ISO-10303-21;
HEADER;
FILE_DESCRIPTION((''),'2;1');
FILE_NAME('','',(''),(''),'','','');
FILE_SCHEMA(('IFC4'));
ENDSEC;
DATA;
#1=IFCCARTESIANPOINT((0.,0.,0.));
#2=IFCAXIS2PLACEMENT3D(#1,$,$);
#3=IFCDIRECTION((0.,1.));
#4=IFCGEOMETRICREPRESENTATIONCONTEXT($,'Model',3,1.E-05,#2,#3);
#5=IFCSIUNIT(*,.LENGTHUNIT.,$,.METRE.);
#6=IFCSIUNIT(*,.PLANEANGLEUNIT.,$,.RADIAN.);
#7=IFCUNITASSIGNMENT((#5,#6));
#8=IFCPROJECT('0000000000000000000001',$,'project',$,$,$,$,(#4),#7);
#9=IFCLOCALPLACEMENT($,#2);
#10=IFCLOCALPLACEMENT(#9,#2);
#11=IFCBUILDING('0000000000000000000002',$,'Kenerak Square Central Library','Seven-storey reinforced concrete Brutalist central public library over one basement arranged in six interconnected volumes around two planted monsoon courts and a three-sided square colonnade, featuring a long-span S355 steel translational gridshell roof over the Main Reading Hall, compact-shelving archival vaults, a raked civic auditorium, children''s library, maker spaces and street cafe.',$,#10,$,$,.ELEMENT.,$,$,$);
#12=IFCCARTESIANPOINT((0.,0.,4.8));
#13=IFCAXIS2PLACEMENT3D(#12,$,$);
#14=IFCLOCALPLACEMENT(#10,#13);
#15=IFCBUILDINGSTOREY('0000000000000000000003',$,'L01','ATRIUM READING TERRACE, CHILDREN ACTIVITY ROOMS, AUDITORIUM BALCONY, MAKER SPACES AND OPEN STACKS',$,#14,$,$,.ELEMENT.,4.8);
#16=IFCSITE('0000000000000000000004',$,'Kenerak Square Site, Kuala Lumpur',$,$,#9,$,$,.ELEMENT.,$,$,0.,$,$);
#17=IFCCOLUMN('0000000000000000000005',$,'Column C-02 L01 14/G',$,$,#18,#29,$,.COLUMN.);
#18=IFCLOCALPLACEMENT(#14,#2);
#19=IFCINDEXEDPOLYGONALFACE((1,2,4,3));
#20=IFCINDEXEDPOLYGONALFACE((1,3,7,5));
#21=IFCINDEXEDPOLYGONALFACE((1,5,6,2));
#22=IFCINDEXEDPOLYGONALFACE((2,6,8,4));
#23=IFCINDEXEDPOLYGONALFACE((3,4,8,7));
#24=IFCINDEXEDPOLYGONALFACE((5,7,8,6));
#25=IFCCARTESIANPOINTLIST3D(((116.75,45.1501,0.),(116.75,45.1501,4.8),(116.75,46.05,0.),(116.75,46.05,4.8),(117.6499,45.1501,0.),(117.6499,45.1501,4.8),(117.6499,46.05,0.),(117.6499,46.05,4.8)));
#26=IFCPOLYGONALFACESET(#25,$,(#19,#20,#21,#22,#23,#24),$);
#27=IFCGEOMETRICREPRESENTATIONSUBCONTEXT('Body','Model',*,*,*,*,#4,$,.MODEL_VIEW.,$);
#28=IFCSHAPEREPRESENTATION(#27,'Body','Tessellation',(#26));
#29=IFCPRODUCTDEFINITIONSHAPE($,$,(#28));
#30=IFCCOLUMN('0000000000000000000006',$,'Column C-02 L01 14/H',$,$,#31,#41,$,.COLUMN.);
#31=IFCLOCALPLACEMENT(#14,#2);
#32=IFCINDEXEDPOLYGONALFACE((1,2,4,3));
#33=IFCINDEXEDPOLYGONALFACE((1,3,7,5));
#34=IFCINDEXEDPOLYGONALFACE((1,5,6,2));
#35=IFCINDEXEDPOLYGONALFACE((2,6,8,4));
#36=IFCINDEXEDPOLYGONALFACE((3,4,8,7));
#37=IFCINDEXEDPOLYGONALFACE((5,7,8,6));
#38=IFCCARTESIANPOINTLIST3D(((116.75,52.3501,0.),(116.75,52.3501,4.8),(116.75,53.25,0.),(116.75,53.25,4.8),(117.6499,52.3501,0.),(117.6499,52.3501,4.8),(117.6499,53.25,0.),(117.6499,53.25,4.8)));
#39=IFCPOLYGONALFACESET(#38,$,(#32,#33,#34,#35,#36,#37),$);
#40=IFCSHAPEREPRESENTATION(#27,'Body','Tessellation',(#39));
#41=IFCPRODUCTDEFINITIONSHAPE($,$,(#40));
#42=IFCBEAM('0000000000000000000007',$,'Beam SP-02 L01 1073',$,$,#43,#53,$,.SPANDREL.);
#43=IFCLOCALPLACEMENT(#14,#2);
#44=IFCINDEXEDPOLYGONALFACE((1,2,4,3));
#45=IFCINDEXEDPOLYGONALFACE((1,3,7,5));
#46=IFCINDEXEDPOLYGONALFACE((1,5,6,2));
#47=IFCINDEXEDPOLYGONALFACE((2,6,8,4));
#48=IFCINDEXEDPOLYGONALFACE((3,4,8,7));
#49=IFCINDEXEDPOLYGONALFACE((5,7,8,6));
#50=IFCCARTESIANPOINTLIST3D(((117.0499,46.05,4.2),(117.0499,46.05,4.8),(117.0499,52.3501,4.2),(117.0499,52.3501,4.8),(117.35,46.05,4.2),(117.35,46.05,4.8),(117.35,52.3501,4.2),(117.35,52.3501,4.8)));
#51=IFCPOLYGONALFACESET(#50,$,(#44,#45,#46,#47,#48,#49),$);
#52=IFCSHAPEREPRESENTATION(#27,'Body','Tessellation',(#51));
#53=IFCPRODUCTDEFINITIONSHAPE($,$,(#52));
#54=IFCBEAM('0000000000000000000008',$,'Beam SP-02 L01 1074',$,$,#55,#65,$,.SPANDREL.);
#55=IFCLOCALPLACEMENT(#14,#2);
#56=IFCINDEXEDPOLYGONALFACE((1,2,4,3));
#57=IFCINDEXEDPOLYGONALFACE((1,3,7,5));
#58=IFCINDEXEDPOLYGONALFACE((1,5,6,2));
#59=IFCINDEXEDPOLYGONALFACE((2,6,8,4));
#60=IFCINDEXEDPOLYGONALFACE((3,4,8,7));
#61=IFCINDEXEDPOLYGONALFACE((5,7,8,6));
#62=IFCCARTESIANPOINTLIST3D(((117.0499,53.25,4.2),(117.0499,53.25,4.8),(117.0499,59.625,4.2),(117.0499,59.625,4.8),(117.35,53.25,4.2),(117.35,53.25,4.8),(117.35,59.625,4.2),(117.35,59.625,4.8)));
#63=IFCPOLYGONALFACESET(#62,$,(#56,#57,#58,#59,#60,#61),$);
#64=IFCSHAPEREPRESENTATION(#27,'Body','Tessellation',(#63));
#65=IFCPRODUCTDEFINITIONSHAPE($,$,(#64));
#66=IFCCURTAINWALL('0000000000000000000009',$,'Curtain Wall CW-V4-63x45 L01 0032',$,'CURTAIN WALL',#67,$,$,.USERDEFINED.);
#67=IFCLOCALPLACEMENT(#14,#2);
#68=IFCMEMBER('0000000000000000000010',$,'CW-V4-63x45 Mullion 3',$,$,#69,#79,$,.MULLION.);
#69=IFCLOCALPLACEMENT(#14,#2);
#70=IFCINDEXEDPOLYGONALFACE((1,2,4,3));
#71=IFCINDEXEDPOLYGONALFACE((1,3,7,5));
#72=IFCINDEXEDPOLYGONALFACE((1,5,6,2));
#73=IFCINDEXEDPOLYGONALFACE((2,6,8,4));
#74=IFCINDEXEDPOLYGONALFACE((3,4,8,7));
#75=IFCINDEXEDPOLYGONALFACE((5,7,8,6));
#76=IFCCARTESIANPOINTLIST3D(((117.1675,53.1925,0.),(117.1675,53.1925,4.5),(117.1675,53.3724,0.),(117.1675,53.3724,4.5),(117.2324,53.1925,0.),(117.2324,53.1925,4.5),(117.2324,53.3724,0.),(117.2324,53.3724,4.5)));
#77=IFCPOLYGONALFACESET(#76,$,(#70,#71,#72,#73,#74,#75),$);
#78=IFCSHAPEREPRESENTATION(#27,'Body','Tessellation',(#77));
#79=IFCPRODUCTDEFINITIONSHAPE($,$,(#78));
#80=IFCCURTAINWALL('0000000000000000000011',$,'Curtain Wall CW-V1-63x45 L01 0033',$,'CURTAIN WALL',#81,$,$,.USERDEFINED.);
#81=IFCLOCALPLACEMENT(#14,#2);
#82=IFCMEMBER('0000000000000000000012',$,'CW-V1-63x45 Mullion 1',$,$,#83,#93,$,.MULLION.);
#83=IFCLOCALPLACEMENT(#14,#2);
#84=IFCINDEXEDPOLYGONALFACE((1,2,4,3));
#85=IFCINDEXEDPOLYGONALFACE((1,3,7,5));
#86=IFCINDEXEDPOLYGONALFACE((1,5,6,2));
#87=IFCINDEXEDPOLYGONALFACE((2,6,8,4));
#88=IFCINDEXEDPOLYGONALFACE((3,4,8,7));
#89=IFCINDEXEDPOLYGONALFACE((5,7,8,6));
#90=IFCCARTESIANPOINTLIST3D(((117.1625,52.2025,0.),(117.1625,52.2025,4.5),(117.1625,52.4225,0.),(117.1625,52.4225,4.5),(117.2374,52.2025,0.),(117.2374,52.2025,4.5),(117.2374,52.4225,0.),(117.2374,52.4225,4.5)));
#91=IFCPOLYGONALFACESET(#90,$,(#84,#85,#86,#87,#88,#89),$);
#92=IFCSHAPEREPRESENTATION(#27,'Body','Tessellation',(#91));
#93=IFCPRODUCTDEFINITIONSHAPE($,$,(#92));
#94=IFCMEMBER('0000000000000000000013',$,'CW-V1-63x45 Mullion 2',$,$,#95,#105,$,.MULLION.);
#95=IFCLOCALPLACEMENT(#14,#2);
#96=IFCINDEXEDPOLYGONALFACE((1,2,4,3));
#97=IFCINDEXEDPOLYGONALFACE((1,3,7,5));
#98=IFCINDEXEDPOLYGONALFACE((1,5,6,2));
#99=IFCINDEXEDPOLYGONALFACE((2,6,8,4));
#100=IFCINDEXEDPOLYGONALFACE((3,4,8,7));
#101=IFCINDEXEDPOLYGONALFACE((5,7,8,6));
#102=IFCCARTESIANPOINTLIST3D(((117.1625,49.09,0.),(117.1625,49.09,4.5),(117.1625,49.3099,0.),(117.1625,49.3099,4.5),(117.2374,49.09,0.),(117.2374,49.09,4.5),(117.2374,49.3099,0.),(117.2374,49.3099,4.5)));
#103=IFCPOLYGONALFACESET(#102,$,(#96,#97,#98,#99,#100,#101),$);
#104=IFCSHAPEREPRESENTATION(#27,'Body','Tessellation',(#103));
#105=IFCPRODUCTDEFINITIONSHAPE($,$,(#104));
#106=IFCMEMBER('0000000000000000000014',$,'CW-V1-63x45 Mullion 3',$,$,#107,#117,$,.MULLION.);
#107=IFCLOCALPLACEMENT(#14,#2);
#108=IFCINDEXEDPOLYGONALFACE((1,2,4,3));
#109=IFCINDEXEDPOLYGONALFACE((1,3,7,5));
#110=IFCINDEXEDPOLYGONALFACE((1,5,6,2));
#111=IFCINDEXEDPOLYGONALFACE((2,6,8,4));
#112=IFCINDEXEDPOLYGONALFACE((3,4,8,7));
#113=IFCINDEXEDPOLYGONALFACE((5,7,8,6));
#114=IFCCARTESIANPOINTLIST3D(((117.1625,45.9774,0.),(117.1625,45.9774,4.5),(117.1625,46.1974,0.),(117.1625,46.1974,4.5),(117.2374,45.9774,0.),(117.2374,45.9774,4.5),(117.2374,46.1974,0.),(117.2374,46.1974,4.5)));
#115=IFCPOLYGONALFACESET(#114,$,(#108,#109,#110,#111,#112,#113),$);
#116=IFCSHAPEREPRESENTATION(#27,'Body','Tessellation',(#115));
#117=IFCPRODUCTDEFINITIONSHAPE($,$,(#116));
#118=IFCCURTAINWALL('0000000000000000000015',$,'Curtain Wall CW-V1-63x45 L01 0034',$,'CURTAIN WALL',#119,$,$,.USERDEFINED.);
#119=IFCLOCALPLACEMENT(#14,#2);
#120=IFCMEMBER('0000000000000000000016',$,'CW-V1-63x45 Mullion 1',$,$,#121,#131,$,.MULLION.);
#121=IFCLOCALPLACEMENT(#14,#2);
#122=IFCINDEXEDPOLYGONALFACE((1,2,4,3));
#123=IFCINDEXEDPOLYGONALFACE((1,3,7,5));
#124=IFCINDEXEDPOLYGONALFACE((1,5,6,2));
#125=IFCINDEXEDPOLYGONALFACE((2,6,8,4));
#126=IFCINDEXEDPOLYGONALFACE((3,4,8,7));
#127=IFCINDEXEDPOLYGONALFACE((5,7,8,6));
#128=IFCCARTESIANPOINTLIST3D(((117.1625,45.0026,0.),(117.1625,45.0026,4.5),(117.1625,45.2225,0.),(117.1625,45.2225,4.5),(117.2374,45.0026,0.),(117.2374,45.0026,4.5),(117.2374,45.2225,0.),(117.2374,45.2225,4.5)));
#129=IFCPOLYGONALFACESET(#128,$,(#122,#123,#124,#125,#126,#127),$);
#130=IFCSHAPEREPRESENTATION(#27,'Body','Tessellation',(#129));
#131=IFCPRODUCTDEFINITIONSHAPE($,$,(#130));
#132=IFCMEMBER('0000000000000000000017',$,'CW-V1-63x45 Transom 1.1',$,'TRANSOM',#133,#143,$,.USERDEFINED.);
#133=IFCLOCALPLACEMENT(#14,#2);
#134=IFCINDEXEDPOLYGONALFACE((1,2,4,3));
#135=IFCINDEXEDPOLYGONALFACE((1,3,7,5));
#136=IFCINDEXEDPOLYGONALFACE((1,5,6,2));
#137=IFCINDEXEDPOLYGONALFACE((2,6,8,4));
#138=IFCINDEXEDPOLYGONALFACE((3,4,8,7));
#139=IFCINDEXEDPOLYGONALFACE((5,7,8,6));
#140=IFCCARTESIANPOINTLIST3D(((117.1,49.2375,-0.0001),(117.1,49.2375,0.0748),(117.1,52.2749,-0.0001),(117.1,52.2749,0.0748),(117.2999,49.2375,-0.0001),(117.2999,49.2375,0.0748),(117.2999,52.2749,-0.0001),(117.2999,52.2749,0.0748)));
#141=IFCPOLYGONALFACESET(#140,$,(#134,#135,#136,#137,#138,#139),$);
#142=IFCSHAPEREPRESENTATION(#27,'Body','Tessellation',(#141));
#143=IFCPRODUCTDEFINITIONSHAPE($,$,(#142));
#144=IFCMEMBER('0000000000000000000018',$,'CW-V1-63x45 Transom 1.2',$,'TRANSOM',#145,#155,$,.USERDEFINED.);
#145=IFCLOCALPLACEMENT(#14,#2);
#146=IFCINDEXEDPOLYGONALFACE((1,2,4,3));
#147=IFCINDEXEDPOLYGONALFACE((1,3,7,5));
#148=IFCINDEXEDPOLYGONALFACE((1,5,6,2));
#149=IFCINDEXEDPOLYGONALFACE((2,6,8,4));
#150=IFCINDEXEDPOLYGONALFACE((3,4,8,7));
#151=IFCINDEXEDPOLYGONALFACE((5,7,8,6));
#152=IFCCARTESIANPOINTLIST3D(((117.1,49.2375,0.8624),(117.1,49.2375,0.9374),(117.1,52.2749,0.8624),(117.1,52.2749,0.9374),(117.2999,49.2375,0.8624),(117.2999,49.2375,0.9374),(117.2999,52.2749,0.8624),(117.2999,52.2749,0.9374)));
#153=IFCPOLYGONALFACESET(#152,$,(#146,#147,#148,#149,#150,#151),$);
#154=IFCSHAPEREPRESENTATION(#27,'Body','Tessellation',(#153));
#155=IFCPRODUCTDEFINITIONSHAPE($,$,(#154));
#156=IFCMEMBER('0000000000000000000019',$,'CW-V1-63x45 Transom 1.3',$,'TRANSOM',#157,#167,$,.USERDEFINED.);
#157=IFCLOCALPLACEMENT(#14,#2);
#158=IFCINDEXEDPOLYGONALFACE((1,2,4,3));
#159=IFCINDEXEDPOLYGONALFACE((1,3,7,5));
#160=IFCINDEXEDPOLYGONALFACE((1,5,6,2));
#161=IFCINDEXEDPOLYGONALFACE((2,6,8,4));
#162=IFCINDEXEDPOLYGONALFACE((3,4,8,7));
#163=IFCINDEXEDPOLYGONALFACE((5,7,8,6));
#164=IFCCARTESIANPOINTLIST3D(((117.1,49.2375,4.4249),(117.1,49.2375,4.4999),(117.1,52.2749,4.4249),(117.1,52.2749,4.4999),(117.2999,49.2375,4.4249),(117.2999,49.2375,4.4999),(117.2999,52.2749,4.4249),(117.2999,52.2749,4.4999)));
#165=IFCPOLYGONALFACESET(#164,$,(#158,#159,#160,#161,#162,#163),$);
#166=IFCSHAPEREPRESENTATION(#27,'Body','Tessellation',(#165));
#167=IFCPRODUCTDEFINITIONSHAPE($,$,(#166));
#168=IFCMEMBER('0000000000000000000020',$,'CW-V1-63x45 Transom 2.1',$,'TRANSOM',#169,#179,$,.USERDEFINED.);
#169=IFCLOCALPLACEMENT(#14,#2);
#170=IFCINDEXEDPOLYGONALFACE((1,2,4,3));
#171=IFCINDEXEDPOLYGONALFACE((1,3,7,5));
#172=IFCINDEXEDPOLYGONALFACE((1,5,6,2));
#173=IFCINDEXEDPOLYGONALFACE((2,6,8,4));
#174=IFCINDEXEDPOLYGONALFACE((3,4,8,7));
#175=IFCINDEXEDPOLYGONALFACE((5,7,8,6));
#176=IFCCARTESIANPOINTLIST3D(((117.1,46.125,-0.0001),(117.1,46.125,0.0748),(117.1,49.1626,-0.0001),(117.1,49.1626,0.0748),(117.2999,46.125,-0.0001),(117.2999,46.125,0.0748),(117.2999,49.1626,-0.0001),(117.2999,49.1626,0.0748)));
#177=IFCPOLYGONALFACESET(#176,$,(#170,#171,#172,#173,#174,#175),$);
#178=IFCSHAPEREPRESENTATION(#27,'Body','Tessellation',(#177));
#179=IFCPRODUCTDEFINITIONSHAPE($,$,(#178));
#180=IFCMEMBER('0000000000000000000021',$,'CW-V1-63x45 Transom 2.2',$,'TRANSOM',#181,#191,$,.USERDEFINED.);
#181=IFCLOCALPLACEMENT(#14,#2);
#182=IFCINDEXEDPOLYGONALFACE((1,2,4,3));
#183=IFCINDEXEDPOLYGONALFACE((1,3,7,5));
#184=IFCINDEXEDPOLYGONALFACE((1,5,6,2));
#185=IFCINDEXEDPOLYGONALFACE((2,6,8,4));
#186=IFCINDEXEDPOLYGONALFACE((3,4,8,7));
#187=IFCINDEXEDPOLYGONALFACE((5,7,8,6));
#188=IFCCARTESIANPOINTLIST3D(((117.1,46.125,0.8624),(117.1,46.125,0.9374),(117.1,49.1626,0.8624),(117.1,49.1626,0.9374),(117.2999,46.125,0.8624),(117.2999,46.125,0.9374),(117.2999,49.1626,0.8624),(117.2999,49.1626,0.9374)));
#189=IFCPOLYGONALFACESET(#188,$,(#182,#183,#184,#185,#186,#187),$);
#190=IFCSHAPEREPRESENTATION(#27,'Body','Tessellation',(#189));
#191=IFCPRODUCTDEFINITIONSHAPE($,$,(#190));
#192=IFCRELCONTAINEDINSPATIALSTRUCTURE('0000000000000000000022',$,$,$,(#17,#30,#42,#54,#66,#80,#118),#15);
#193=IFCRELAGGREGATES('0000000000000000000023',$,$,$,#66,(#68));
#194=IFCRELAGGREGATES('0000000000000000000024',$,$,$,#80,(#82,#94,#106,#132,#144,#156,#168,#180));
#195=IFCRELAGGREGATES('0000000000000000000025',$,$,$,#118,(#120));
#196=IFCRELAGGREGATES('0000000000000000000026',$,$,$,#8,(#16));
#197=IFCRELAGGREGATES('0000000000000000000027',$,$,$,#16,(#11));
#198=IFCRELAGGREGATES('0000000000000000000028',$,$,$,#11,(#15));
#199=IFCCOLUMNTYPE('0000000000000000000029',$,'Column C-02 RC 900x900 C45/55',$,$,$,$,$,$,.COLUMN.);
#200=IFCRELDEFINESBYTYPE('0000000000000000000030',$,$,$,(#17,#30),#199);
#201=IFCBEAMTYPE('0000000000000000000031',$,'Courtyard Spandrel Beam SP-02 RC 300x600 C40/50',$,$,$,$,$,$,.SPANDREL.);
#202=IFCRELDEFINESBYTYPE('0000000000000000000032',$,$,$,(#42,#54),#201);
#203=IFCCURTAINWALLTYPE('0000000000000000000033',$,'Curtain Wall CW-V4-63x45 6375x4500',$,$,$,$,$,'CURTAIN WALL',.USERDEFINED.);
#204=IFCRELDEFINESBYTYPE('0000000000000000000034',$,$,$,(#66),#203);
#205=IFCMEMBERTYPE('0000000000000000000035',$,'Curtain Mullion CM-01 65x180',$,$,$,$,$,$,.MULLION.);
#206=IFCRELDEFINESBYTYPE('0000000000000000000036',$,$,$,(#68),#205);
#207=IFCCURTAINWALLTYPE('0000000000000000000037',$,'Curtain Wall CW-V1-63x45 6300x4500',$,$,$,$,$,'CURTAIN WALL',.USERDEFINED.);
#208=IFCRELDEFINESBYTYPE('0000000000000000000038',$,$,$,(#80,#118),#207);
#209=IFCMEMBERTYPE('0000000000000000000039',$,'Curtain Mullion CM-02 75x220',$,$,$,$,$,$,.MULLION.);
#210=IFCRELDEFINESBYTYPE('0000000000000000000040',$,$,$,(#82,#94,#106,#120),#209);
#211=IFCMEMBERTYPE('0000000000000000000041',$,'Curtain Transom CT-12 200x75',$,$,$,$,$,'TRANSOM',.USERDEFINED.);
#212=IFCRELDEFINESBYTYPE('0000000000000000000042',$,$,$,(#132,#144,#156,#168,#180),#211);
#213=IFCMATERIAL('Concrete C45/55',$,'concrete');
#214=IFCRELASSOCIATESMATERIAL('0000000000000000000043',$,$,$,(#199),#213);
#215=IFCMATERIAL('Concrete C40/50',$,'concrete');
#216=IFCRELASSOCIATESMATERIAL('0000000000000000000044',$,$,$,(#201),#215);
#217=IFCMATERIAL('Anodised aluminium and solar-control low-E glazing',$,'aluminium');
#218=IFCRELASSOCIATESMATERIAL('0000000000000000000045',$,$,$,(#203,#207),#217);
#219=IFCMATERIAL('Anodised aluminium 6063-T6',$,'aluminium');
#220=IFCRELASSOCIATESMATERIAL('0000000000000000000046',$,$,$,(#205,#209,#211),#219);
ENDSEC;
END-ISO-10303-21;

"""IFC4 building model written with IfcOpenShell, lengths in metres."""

from ifc_helpers import new_model, si_unit, direction, frame, origin, origin_2d, place, context, subcontext, project, spatial, rectangle, extrude, material, material_profile, profile_set, type_object, element, aggregate, save


model = new_model("IFC4")

# Units and contexts
model_context = context("Model", 3, precision=1e-05, world=origin(), true_north=direction((0.0, 1.0)))
body_context = subcontext(model_context, "Body", "Model", "MODEL_VIEW")
ifc_project = project(units=[si_unit("LENGTHUNIT", "METRE"), si_unit("PLANEANGLEUNIT", "RADIAN")], contexts=[model_context])

# Site, building, storey
site_placement = place(None, origin())
site = spatial("IfcSite", under=ifc_project, at=site_placement, Name="Kenerak Square Site, Kuala Lumpur", CompositionType="ELEMENT", RefElevation=0.0)
building_placement = place(site_placement, origin())
building = spatial("IfcBuilding", under=site, at=building_placement, Name="Kenerak Square Central Library", Description="Seven-storey reinforced concrete Brutalist central public library over one basement arranged in six interconnected volumes around two planted monsoon courts and a three-sided square colonnade, featuring a long-span S355 steel translational gridshell roof over the Main Reading Hall, compact-shelving archival vaults, a raked civic auditorium, children's library, maker spaces and street cafe.", CompositionType="ELEMENT")
storey_placement = place(building_placement, frame((0.0, 0.0, 4.8)))
storey = spatial("IfcBuildingStorey", under=building, at=storey_placement, Name="L01", Description="ATRIUM READING TERRACE, CHILDREN ACTIVITY ROOMS, AUDITORIUM BALCONY, MAKER SPACES AND OPEN STACKS", CompositionType="ELEMENT", Elevation=4.8)

# Columns
ifc_material_1 = material(Name="Concrete C45/55", Category="concrete")
ifc_material_profile_1 = material_profile(ifc_material_1, rectangle(XDim=0.8999, YDim=0.8999, at=origin_2d()), Name="RC 900x900")
ifc_profile_set_1 = profile_set([ifc_material_profile_1], Name="Concrete C45/55")
column_type = type_object("IfcColumnType", Name="Column C-02 RC 900x900 C45/55", PredefinedType="COLUMN", material=ifc_profile_set_1)
for number, where, z_axis, x_axis, name in (
    (1, (117.2, 45.6001, 0.0), (0.0, 0.0, 1.0), (1.0, 0.0, 0.0), "Column C-02 L01 14/G"),
    (2, (117.2, 52.8, 0.0), (0.0, 0.0, 1.0), (1.0, 0.0, 0.0), "Column C-02 L01 14/H"),
):
    element("IfcColumn", number, at=place(storey_placement, frame(where, z_axis=z_axis, x_axis=x_axis)), inside=storey, type_object=column_type, Name=name, PredefinedType="COLUMN", context=body_context, shape_type="SweptSolid", body=[
        extrude(rectangle(XDim=0.8999, YDim=0.8999, at=origin_2d()), origin(), (0.0, 0.0, 1.0), 4.8),
    ])

# Beams
ifc_material_2 = material(Name="Concrete C40/50", Category="concrete")
ifc_material_profile_2 = material_profile(ifc_material_2, rectangle(XDim=0.3, YDim=0.6001, at=origin_2d()), Name="RC 300x600")
ifc_profile_set_2 = profile_set([ifc_material_profile_2], Name="Concrete C40/50")
beam_type_1 = type_object("IfcBeamType", Name="Courtyard Spandrel Beam SP-02 RC 300x600 C40/50", PredefinedType="SPANDREL", material=ifc_profile_set_2)
beam_1_placement = place(storey_placement, frame((117.2, 46.05, 4.5), z_axis=(0.0, 1.0, 0.0), x_axis=(-1.0, 0.0, 0.0)))
element("IfcBeam", 3, at=beam_1_placement, inside=storey, type_object=beam_type_1, Name="Beam SP-02 L01 1073", PredefinedType="SPANDREL", context=body_context, shape_type="SweptSolid", body=[
    extrude(rectangle(XDim=0.3, YDim=0.6001, at=origin_2d()), origin(), (0.0, 0.0, 1.0), 6.3),
])
beam_2_placement = place(storey_placement, frame((117.2, 53.25, 4.5), z_axis=(0.0, 1.0, 0.0), x_axis=(-1.0, 0.0, 0.0)))
element("IfcBeam", 4, at=beam_2_placement, inside=storey, type_object=beam_type_1, Name="Beam SP-02 L01 1074", PredefinedType="SPANDREL", context=body_context, shape_type="SweptSolid", body=[
    extrude(rectangle(XDim=0.3, YDim=0.6001, at=origin_2d()), origin(), (0.0, 0.0, 1.0), 6.375),
])

# Curtain wall, member
ifc_material_3 = material(Name="Anodised aluminium and solar-control low-E glazing", Category="aluminium")
curtain_wall_type_1 = type_object("IfcCurtainWallType", Name="Curtain Wall CW-V4-63x45 6375x4500", ElementType="CURTAIN WALL", PredefinedType="USERDEFINED", material=ifc_material_3)
curtain_wall_1_placement = place(storey_placement, origin())
curtain_wall_1 = element("IfcCurtainWall", 5, at=curtain_wall_1_placement, inside=storey, type_object=curtain_wall_type_1, Name="Curtain Wall CW-V4-63x45 L01 0032", ObjectType="CURTAIN WALL", PredefinedType="USERDEFINED")
ifc_material_4 = material(Name="Anodised aluminium 6063-T6", Category="aluminium")
ifc_material_profile_3 = material_profile(ifc_material_4, rectangle(XDim=0.0649, YDim=0.1799, at=origin_2d()), Name="AL MULLION 65x180")
ifc_profile_set_3 = profile_set([ifc_material_profile_3], Name="Anodised aluminium 6063-T6")
member_type_1 = type_object("IfcMemberType", Name="Curtain Mullion CM-01 65x180", PredefinedType="MULLION", material=ifc_profile_set_3)
member_1_placement = place(storey_placement, frame((117.2, 53.2825, 0.0), z_axis=(0.0, 0.0, 1.0), x_axis=(1.0, 0.0, 0.0)))
member_1 = element("IfcMember", 6, at=member_1_placement, type_object=member_type_1, Name="CW-V4-63x45 Mullion 3", PredefinedType="MULLION", context=body_context, shape_type="SweptSolid", body=[
    extrude(rectangle(XDim=0.0649, YDim=0.1799, at=origin_2d()), origin(), (0.0, 0.0, 1.0), 4.5),
])

# Curtain wall, members
curtain_wall_type_2 = type_object("IfcCurtainWallType", Name="Curtain Wall CW-V1-63x45 6300x4500", ElementType="CURTAIN WALL", PredefinedType="USERDEFINED", material=ifc_material_3)
curtain_wall_2_placement = place(storey_placement, origin())
curtain_wall_2 = element("IfcCurtainWall", 7, at=curtain_wall_2_placement, inside=storey, type_object=curtain_wall_type_2, Name="Curtain Wall CW-V1-63x45 L01 0033", ObjectType="CURTAIN WALL", PredefinedType="USERDEFINED")
ifc_material_profile_4 = material_profile(ifc_material_4, rectangle(XDim=0.075, YDim=0.22, at=origin_2d()), Name="AL MULLION 75x220")
ifc_profile_set_4 = profile_set([ifc_material_profile_4], Name="Anodised aluminium 6063-T6")
member_type_2 = type_object("IfcMemberType", Name="Curtain Mullion CM-02 75x220", PredefinedType="MULLION", material=ifc_profile_set_4)
member_2_placement = place(storey_placement, frame((117.2, 52.3125, 0.0), z_axis=(0.0, 0.0, 1.0), x_axis=(1.0, 0.0, 0.0)))
member_2 = element("IfcMember", 8, at=member_2_placement, type_object=member_type_2, Name="CW-V1-63x45 Mullion 1", PredefinedType="MULLION", context=body_context, shape_type="SweptSolid", body=[
    extrude(rectangle(XDim=0.075, YDim=0.22, at=origin_2d()), origin(), (0.0, 0.0, 1.0), 4.5),
])
member_3_placement = place(storey_placement, frame((117.2, 49.2, 0.0), z_axis=(0.0, 0.0, 1.0), x_axis=(1.0, 0.0, 0.0)))
member_3 = element("IfcMember", 9, at=member_3_placement, type_object=member_type_2, Name="CW-V1-63x45 Mullion 2", PredefinedType="MULLION", context=body_context, shape_type="SweptSolid", body=[
    extrude(rectangle(XDim=0.075, YDim=0.22, at=origin_2d()), origin(), (0.0, 0.0, 1.0), 4.5),
])
member_4_placement = place(storey_placement, frame((117.2, 46.0874, 0.0), z_axis=(0.0, 0.0, 1.0), x_axis=(1.0, 0.0, 0.0)))
member_4 = element("IfcMember", 10, at=member_4_placement, type_object=member_type_2, Name="CW-V1-63x45 Mullion 3", PredefinedType="MULLION", context=body_context, shape_type="SweptSolid", body=[
    extrude(rectangle(XDim=0.075, YDim=0.22, at=origin_2d()), origin(), (0.0, 0.0, 1.0), 4.5),
])

# Curtain wall, member
curtain_wall_3_placement = place(storey_placement, origin())
curtain_wall_3 = element("IfcCurtainWall", 11, at=curtain_wall_3_placement, inside=storey, type_object=curtain_wall_type_2, Name="Curtain Wall CW-V1-63x45 L01 0034", ObjectType="CURTAIN WALL", PredefinedType="USERDEFINED")
member_5_placement = place(storey_placement, frame((117.2, 45.1125, 0.0), z_axis=(0.0, 0.0, 1.0), x_axis=(1.0, 0.0, 0.0)))
member_5 = element("IfcMember", 12, at=member_5_placement, type_object=member_type_2, Name="CW-V1-63x45 Mullion 1", PredefinedType="MULLION", context=body_context, shape_type="SweptSolid", body=[
    extrude(rectangle(XDim=0.075, YDim=0.22, at=origin_2d()), origin(), (0.0, 0.0, 1.0), 4.5),
])

# Members
ifc_material_profile_5 = material_profile(ifc_material_4, rectangle(XDim=0.2, YDim=0.075, at=origin_2d()), Name="AL TRANSOM 200x75")
ifc_profile_set_5 = profile_set([ifc_material_profile_5], Name="Anodised aluminium 6063-T6")
member_type_3 = type_object("IfcMemberType", Name="Curtain Transom CT-12 200x75", ElementType="TRANSOM", PredefinedType="USERDEFINED", material=ifc_profile_set_5)
member_6_placement = place(storey_placement, frame((117.2, 52.2749, 0.0374), z_axis=(0.0, -1.0, 0.0), x_axis=(1.0, 0.0, 0.0)))
member_6 = element("IfcMember", 13, at=member_6_placement, type_object=member_type_3, Name="CW-V1-63x45 Transom 1.1", ObjectType="TRANSOM", PredefinedType="USERDEFINED", context=body_context, shape_type="SweptSolid", body=[
    extrude(rectangle(XDim=0.2, YDim=0.075, at=origin_2d()), origin(), (0.0, 0.0, 1.0), 3.0374),
])
member_7_placement = place(storey_placement, frame((117.2, 52.2749, 0.8999), z_axis=(0.0, -1.0, 0.0), x_axis=(1.0, 0.0, 0.0)))
member_7 = element("IfcMember", 14, at=member_7_placement, type_object=member_type_3, Name="CW-V1-63x45 Transom 1.2", ObjectType="TRANSOM", PredefinedType="USERDEFINED", context=body_context, shape_type="SweptSolid", body=[
    extrude(rectangle(XDim=0.2, YDim=0.075, at=origin_2d()), origin(), (0.0, 0.0, 1.0), 3.0374),
])
member_8_placement = place(storey_placement, frame((117.2, 52.2749, 4.4624), z_axis=(0.0, -1.0, 0.0), x_axis=(1.0, 0.0, 0.0)))
member_8 = element("IfcMember", 15, at=member_8_placement, type_object=member_type_3, Name="CW-V1-63x45 Transom 1.3", ObjectType="TRANSOM", PredefinedType="USERDEFINED", context=body_context, shape_type="SweptSolid", body=[
    extrude(rectangle(XDim=0.2, YDim=0.075, at=origin_2d()), origin(), (0.0, 0.0, 1.0), 3.0374),
])
member_9_placement = place(storey_placement, frame((117.2, 49.1626, 0.0374), z_axis=(0.0, -1.0, 0.0), x_axis=(1.0, 0.0, 0.0)))
member_9 = element("IfcMember", 16, at=member_9_placement, type_object=member_type_3, Name="CW-V1-63x45 Transom 2.1", ObjectType="TRANSOM", PredefinedType="USERDEFINED", context=body_context, shape_type="SweptSolid", body=[
    extrude(rectangle(XDim=0.2, YDim=0.075, at=origin_2d()), origin(), (0.0, 0.0, 1.0), 3.0376),
])
member_10_placement = place(storey_placement, frame((117.2, 49.1626, 0.8999), z_axis=(0.0, -1.0, 0.0), x_axis=(1.0, 0.0, 0.0)))
member_10 = element("IfcMember", 17, at=member_10_placement, type_object=member_type_3, Name="CW-V1-63x45 Transom 2.2", ObjectType="TRANSOM", PredefinedType="USERDEFINED", context=body_context, shape_type="SweptSolid", body=[
    extrude(rectangle(XDim=0.2, YDim=0.075, at=origin_2d()), origin(), (0.0, 0.0, 1.0), 3.0376),
])

aggregate(curtain_wall_1, [member_1])
aggregate(curtain_wall_2, [member_2, member_3, member_4, member_6, member_7, member_8, member_9, member_10])
aggregate(curtain_wall_3, [member_5])

save(model, "model.ifc")
